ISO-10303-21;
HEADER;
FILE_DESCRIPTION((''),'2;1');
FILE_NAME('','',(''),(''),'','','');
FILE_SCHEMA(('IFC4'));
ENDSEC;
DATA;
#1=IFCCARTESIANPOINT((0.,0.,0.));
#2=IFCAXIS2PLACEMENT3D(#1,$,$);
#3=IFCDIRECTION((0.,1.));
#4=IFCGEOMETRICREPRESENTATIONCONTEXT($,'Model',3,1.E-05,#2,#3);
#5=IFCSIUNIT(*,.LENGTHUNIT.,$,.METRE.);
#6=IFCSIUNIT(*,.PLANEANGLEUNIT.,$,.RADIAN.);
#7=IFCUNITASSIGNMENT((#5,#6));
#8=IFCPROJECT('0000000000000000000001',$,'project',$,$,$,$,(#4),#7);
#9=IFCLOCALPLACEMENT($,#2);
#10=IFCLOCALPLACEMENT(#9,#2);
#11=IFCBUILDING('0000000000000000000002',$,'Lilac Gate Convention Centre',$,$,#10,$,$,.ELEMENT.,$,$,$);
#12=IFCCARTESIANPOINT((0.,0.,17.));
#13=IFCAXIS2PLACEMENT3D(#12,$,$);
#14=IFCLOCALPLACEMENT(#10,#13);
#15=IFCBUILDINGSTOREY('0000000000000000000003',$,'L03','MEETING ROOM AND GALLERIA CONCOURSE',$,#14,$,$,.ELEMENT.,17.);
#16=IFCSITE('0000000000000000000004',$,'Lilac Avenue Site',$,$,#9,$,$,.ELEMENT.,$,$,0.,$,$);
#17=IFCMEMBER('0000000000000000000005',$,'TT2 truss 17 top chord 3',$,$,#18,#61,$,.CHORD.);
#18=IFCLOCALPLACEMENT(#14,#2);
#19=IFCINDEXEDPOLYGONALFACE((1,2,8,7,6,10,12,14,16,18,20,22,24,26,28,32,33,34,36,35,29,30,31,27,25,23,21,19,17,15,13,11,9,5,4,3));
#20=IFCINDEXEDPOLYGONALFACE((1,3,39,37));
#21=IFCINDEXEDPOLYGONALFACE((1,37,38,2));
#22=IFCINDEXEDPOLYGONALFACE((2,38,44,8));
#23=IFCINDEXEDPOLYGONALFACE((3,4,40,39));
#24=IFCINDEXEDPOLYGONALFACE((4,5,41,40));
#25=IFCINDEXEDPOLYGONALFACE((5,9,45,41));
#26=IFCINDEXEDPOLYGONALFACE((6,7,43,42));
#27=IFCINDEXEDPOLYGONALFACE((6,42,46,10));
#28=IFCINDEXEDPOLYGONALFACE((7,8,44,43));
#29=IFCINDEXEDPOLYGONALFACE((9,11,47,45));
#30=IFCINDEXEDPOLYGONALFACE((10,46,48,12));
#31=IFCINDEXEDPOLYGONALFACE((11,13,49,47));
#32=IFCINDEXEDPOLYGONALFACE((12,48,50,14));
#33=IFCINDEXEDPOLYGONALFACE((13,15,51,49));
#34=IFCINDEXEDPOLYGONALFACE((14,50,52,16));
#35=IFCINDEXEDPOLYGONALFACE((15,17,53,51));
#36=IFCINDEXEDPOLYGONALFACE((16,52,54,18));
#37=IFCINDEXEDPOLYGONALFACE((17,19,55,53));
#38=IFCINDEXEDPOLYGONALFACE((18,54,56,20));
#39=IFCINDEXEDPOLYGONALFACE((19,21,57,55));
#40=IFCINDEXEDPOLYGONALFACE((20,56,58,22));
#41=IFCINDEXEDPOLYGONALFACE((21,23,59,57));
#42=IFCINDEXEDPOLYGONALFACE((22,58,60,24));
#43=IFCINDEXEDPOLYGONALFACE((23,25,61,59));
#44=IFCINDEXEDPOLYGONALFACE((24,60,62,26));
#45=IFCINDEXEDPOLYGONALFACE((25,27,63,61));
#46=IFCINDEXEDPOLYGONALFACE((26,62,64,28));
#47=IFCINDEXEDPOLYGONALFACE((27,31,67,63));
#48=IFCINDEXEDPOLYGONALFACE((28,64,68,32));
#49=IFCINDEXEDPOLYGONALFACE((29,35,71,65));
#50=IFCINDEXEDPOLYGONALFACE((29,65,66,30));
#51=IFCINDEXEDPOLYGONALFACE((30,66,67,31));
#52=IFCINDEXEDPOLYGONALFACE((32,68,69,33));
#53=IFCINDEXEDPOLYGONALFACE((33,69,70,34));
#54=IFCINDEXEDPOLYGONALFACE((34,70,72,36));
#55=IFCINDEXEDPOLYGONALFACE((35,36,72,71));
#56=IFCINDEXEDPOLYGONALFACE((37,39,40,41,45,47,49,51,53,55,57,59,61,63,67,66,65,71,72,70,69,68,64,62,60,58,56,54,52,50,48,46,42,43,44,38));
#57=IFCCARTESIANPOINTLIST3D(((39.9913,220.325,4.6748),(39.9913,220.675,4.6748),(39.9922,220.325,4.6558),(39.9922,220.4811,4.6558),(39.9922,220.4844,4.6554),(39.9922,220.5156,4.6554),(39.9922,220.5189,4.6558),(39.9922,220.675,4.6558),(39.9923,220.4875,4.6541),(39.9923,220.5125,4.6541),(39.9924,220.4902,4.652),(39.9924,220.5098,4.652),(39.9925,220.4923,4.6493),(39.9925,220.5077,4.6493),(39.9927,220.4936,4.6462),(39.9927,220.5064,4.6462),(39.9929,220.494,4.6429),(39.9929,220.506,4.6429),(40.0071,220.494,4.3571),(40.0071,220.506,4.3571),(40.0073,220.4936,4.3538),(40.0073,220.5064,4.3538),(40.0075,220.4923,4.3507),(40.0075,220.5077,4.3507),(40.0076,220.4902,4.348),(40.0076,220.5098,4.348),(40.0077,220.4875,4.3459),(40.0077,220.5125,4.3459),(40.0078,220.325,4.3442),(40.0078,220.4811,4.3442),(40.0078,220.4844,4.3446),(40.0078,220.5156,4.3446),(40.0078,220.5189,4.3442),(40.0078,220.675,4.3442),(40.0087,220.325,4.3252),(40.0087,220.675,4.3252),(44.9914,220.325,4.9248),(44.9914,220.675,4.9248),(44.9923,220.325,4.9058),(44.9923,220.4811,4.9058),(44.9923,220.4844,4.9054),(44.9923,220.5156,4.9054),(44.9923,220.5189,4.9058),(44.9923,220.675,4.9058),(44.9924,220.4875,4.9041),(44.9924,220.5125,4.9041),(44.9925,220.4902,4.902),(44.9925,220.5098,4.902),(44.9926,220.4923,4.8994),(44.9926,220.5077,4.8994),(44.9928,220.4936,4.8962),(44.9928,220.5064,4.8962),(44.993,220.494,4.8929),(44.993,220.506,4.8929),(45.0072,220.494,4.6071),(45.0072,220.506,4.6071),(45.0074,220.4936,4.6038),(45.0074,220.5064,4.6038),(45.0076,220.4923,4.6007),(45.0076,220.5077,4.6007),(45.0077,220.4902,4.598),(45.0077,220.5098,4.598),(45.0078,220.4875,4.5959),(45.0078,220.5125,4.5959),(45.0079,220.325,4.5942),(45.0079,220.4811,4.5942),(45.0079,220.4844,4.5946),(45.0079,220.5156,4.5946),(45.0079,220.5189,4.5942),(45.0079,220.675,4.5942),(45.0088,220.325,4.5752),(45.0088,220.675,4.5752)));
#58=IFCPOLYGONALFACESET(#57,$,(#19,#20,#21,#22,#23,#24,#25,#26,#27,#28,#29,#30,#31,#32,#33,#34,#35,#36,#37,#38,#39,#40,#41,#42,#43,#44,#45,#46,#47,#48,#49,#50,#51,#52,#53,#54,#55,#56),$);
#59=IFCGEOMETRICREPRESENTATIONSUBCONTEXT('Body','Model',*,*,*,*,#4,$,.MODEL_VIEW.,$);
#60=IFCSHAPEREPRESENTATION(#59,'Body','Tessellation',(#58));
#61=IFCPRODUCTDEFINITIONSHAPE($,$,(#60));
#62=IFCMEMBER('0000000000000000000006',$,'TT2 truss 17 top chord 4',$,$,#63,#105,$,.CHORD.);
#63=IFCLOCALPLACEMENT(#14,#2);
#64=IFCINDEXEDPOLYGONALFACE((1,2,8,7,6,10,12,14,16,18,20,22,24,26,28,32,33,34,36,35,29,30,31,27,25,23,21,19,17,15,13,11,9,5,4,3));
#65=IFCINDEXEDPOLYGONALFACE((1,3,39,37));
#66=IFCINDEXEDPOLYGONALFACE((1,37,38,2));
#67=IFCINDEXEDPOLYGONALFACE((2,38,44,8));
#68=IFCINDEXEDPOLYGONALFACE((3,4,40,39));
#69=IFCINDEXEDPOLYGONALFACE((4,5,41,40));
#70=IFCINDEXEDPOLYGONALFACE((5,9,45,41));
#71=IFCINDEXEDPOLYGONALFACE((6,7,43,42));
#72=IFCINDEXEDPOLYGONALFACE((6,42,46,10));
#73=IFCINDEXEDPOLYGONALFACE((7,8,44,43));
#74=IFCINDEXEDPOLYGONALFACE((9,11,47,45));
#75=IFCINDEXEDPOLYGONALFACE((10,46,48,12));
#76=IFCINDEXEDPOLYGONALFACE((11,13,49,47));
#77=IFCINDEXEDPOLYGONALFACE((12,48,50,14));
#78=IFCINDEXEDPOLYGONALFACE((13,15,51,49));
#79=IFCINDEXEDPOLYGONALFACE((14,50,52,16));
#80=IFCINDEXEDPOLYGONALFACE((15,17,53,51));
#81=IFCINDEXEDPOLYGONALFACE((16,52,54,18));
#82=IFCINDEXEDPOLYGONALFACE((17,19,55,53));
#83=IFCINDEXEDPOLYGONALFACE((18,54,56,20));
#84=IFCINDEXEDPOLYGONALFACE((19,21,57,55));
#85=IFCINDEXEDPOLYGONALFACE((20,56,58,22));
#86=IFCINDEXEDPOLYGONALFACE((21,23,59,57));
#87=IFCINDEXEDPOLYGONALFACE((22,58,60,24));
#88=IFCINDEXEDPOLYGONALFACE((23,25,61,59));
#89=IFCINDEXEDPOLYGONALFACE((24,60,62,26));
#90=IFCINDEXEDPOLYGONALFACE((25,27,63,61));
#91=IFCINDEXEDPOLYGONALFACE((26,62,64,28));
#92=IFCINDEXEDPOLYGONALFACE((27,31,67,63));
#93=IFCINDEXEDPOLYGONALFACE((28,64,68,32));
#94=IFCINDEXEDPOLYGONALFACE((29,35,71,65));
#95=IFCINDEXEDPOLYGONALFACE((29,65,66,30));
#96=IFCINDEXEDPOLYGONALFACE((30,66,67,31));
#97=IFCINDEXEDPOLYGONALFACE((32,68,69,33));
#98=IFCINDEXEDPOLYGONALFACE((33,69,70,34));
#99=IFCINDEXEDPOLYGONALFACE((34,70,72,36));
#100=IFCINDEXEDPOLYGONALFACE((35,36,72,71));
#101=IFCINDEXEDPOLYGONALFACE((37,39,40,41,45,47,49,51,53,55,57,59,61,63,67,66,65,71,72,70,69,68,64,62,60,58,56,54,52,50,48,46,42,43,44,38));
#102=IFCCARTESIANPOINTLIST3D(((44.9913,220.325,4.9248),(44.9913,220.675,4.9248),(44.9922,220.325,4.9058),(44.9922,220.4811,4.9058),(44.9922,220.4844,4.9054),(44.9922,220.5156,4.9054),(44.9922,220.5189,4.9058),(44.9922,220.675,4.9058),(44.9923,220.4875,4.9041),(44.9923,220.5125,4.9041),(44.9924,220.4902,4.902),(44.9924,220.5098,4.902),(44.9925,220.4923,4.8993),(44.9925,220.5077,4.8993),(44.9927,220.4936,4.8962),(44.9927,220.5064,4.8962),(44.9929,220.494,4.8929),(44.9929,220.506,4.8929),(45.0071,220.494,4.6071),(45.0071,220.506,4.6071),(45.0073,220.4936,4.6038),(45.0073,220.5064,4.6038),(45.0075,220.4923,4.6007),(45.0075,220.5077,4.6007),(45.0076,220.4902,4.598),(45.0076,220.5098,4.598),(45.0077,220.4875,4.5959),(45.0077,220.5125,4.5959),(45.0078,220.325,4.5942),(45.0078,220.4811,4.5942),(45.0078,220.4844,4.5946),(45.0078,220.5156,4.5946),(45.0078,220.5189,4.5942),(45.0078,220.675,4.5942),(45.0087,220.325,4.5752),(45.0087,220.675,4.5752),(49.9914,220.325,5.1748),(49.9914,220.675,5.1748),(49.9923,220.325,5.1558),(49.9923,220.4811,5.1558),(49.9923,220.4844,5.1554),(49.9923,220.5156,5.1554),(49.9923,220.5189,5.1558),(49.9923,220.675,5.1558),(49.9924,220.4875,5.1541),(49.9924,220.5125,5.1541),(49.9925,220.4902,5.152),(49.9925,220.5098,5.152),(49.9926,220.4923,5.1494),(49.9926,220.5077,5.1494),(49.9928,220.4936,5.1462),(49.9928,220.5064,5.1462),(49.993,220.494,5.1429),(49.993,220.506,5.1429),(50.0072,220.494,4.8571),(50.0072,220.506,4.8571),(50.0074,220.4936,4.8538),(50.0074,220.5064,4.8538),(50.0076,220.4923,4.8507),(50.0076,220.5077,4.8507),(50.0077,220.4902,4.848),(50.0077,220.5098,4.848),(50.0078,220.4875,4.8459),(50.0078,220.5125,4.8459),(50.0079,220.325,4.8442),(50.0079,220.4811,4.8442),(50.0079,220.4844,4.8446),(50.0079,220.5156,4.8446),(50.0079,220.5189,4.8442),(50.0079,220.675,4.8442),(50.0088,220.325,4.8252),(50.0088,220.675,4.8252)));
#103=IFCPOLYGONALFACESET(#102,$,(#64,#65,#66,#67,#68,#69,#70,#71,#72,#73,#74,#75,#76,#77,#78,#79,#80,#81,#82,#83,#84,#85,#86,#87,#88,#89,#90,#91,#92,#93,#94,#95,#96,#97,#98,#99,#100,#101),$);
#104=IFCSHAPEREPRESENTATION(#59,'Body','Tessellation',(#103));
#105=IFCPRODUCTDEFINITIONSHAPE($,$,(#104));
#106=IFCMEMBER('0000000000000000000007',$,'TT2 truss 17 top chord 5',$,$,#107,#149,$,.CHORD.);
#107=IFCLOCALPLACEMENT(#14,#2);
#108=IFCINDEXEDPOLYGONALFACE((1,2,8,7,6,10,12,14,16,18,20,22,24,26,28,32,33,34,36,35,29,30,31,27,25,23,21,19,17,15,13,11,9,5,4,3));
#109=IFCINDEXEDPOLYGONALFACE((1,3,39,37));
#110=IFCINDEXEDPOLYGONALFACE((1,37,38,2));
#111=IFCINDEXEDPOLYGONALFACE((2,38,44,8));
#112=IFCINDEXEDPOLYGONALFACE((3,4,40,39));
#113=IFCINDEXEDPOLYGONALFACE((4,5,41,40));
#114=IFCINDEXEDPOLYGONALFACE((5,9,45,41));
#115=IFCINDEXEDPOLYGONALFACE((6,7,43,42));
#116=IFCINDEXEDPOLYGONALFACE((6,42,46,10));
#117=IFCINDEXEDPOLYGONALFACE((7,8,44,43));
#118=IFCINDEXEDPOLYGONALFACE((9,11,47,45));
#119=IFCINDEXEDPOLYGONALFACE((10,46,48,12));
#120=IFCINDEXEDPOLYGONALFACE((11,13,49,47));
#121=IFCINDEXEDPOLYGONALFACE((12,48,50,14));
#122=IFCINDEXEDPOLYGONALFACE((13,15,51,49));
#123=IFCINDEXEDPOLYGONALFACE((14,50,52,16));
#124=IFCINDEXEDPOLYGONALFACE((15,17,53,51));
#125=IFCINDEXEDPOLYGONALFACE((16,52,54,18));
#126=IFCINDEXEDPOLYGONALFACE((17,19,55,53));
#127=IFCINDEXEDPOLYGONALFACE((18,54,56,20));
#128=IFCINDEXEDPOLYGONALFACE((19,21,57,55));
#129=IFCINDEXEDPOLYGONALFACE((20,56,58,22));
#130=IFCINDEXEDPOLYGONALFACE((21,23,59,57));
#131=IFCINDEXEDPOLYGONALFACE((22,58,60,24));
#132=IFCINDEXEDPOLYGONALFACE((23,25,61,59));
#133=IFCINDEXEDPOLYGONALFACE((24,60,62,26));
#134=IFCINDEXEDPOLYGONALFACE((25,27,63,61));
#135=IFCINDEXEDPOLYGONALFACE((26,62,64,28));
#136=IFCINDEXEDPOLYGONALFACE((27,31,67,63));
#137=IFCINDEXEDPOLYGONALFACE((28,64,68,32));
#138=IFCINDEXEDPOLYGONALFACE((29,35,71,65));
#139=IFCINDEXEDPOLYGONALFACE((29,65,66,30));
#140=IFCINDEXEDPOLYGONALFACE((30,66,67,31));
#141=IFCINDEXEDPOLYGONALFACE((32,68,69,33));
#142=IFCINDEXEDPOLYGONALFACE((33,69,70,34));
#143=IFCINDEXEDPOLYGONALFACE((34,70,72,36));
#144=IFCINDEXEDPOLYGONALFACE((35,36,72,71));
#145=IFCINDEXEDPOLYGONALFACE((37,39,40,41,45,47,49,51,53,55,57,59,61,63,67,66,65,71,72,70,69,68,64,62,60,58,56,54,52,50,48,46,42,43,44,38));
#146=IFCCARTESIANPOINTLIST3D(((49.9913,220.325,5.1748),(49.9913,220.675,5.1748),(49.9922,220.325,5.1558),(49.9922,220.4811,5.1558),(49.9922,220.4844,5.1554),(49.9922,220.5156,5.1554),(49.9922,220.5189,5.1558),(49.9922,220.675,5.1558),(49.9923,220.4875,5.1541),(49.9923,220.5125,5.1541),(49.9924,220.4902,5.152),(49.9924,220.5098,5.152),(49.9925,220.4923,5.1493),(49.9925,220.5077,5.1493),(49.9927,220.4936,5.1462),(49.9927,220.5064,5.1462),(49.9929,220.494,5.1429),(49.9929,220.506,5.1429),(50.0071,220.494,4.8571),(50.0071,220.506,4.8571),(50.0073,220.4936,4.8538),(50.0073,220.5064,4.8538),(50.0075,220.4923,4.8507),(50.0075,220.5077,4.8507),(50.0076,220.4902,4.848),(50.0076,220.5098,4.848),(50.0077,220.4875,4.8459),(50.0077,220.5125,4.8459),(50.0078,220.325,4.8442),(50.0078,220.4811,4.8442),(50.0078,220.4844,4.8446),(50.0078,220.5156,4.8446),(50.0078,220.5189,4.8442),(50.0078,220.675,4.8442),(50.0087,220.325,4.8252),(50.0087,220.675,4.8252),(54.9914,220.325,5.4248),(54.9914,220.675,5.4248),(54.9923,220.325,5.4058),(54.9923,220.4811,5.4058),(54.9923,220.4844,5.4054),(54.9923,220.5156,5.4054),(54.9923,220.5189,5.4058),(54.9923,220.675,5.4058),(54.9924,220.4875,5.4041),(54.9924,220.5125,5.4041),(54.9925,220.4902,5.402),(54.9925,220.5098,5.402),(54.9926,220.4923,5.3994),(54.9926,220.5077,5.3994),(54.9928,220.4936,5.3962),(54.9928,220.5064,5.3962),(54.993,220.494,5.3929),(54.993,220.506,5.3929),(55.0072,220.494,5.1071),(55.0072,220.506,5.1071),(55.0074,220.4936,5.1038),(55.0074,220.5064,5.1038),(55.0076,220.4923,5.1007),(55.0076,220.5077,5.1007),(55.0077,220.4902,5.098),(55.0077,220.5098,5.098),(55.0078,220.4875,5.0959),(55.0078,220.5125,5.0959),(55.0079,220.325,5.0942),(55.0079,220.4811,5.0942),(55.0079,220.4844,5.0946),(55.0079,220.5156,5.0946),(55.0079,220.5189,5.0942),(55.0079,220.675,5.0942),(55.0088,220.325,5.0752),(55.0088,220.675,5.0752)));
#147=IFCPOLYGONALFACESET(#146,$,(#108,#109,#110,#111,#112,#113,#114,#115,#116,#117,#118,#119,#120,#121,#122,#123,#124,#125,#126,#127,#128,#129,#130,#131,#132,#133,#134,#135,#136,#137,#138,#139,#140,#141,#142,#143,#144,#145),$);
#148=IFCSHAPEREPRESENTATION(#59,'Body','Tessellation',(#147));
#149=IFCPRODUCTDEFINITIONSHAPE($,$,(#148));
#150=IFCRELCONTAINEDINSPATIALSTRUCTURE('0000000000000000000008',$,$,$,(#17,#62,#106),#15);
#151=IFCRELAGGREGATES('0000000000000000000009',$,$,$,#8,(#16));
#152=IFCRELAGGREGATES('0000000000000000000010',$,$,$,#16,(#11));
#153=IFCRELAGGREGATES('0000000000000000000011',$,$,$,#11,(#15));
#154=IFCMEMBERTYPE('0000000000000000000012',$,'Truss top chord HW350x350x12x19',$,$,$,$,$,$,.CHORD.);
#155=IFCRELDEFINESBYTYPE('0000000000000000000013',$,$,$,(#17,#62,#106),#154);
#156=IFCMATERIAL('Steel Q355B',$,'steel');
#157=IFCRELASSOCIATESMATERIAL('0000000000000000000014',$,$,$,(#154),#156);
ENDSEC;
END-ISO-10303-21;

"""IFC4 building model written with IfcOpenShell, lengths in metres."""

from ifc_helpers import new_model, si_unit, direction, frame, origin, origin_2d, place, context, subcontext, project, spatial, i_section, extrude, material, material_profile, profile_set, type_object, element, save


model = new_model("IFC4")

# Units and contexts
model_context = context("Model", 3, precision=1e-05, world=origin(), true_north=direction((0.0, 1.0)))
body_context = subcontext(model_context, "Body", "Model", "MODEL_VIEW")
ifc_project = project(units=[si_unit("LENGTHUNIT", "METRE"), si_unit("PLANEANGLEUNIT", "RADIAN")], contexts=[model_context])

# Site, building, storey
site_placement = place(None, origin())
site = spatial("IfcSite", under=ifc_project, at=site_placement, Name="Lilac Avenue Site", CompositionType="ELEMENT", RefElevation=0.0)
building_placement = place(site_placement, origin())
building = spatial("IfcBuilding", under=site, at=building_placement, Name="Lilac Gate Convention Centre", CompositionType="ELEMENT")
storey_placement = place(building_placement, frame((0.0, 0.0, 17.0)))
storey = spatial("IfcBuildingStorey", under=building, at=storey_placement, Name="L03", Description="MEETING ROOM AND GALLERIA CONCOURSE", CompositionType="ELEMENT", Elevation=17.0)

# Members
ifc_material = material(Name="Steel Q355B", Category="steel")
ifc_material_profile_1 = material_profile(ifc_material, i_section(OverallWidth=0.3501, OverallDepth=0.3501, WebThickness=0.012, FlangeThickness=0.019, FilletRadius=0.0129, at=origin_2d()), Name="HW350x350x12x19")
ifc_profile_set_1 = profile_set([ifc_material_profile_1], Name="Steel Q355B")
member_type_1 = type_object("IfcMemberType", Name="Truss top chord HW350x350x12x19", PredefinedType="CHORD", material=ifc_profile_set_1)
for number, where, z_axis, x_axis, name in (
    (1, (40.0, 220.5, 4.5), (0.998752, 0.0, 0.049938), (0.0, 1.0, 0.0), "TT2 truss 17 top chord 3"),
    (2, (45.0, 220.5, 4.75), (0.998752, 0.0, 0.049938), (0.0, 1.0, 0.0), "TT2 truss 17 top chord 4"),
    (3, (50.0, 220.5, 5.0), (0.998752, 0.0, 0.049938), (0.0, 1.0, 0.0), "TT2 truss 17 top chord 5"),
):
    element("IfcMember", number, at=place(storey_placement, frame(where, z_axis=z_axis, x_axis=x_axis)), inside=storey, type_object=member_type_1, Name=name, PredefinedType="CHORD", context=body_context, shape_type="SweptSolid", body=[
        extrude(i_section(OverallWidth=0.3501, OverallDepth=0.3501, WebThickness=0.012, FlangeThickness=0.019, FilletRadius=0.0129, at=origin_2d()), origin(), (0.0, 0.0, 1.0), 5.0063),
    ])

save(model, "model.ifc")
